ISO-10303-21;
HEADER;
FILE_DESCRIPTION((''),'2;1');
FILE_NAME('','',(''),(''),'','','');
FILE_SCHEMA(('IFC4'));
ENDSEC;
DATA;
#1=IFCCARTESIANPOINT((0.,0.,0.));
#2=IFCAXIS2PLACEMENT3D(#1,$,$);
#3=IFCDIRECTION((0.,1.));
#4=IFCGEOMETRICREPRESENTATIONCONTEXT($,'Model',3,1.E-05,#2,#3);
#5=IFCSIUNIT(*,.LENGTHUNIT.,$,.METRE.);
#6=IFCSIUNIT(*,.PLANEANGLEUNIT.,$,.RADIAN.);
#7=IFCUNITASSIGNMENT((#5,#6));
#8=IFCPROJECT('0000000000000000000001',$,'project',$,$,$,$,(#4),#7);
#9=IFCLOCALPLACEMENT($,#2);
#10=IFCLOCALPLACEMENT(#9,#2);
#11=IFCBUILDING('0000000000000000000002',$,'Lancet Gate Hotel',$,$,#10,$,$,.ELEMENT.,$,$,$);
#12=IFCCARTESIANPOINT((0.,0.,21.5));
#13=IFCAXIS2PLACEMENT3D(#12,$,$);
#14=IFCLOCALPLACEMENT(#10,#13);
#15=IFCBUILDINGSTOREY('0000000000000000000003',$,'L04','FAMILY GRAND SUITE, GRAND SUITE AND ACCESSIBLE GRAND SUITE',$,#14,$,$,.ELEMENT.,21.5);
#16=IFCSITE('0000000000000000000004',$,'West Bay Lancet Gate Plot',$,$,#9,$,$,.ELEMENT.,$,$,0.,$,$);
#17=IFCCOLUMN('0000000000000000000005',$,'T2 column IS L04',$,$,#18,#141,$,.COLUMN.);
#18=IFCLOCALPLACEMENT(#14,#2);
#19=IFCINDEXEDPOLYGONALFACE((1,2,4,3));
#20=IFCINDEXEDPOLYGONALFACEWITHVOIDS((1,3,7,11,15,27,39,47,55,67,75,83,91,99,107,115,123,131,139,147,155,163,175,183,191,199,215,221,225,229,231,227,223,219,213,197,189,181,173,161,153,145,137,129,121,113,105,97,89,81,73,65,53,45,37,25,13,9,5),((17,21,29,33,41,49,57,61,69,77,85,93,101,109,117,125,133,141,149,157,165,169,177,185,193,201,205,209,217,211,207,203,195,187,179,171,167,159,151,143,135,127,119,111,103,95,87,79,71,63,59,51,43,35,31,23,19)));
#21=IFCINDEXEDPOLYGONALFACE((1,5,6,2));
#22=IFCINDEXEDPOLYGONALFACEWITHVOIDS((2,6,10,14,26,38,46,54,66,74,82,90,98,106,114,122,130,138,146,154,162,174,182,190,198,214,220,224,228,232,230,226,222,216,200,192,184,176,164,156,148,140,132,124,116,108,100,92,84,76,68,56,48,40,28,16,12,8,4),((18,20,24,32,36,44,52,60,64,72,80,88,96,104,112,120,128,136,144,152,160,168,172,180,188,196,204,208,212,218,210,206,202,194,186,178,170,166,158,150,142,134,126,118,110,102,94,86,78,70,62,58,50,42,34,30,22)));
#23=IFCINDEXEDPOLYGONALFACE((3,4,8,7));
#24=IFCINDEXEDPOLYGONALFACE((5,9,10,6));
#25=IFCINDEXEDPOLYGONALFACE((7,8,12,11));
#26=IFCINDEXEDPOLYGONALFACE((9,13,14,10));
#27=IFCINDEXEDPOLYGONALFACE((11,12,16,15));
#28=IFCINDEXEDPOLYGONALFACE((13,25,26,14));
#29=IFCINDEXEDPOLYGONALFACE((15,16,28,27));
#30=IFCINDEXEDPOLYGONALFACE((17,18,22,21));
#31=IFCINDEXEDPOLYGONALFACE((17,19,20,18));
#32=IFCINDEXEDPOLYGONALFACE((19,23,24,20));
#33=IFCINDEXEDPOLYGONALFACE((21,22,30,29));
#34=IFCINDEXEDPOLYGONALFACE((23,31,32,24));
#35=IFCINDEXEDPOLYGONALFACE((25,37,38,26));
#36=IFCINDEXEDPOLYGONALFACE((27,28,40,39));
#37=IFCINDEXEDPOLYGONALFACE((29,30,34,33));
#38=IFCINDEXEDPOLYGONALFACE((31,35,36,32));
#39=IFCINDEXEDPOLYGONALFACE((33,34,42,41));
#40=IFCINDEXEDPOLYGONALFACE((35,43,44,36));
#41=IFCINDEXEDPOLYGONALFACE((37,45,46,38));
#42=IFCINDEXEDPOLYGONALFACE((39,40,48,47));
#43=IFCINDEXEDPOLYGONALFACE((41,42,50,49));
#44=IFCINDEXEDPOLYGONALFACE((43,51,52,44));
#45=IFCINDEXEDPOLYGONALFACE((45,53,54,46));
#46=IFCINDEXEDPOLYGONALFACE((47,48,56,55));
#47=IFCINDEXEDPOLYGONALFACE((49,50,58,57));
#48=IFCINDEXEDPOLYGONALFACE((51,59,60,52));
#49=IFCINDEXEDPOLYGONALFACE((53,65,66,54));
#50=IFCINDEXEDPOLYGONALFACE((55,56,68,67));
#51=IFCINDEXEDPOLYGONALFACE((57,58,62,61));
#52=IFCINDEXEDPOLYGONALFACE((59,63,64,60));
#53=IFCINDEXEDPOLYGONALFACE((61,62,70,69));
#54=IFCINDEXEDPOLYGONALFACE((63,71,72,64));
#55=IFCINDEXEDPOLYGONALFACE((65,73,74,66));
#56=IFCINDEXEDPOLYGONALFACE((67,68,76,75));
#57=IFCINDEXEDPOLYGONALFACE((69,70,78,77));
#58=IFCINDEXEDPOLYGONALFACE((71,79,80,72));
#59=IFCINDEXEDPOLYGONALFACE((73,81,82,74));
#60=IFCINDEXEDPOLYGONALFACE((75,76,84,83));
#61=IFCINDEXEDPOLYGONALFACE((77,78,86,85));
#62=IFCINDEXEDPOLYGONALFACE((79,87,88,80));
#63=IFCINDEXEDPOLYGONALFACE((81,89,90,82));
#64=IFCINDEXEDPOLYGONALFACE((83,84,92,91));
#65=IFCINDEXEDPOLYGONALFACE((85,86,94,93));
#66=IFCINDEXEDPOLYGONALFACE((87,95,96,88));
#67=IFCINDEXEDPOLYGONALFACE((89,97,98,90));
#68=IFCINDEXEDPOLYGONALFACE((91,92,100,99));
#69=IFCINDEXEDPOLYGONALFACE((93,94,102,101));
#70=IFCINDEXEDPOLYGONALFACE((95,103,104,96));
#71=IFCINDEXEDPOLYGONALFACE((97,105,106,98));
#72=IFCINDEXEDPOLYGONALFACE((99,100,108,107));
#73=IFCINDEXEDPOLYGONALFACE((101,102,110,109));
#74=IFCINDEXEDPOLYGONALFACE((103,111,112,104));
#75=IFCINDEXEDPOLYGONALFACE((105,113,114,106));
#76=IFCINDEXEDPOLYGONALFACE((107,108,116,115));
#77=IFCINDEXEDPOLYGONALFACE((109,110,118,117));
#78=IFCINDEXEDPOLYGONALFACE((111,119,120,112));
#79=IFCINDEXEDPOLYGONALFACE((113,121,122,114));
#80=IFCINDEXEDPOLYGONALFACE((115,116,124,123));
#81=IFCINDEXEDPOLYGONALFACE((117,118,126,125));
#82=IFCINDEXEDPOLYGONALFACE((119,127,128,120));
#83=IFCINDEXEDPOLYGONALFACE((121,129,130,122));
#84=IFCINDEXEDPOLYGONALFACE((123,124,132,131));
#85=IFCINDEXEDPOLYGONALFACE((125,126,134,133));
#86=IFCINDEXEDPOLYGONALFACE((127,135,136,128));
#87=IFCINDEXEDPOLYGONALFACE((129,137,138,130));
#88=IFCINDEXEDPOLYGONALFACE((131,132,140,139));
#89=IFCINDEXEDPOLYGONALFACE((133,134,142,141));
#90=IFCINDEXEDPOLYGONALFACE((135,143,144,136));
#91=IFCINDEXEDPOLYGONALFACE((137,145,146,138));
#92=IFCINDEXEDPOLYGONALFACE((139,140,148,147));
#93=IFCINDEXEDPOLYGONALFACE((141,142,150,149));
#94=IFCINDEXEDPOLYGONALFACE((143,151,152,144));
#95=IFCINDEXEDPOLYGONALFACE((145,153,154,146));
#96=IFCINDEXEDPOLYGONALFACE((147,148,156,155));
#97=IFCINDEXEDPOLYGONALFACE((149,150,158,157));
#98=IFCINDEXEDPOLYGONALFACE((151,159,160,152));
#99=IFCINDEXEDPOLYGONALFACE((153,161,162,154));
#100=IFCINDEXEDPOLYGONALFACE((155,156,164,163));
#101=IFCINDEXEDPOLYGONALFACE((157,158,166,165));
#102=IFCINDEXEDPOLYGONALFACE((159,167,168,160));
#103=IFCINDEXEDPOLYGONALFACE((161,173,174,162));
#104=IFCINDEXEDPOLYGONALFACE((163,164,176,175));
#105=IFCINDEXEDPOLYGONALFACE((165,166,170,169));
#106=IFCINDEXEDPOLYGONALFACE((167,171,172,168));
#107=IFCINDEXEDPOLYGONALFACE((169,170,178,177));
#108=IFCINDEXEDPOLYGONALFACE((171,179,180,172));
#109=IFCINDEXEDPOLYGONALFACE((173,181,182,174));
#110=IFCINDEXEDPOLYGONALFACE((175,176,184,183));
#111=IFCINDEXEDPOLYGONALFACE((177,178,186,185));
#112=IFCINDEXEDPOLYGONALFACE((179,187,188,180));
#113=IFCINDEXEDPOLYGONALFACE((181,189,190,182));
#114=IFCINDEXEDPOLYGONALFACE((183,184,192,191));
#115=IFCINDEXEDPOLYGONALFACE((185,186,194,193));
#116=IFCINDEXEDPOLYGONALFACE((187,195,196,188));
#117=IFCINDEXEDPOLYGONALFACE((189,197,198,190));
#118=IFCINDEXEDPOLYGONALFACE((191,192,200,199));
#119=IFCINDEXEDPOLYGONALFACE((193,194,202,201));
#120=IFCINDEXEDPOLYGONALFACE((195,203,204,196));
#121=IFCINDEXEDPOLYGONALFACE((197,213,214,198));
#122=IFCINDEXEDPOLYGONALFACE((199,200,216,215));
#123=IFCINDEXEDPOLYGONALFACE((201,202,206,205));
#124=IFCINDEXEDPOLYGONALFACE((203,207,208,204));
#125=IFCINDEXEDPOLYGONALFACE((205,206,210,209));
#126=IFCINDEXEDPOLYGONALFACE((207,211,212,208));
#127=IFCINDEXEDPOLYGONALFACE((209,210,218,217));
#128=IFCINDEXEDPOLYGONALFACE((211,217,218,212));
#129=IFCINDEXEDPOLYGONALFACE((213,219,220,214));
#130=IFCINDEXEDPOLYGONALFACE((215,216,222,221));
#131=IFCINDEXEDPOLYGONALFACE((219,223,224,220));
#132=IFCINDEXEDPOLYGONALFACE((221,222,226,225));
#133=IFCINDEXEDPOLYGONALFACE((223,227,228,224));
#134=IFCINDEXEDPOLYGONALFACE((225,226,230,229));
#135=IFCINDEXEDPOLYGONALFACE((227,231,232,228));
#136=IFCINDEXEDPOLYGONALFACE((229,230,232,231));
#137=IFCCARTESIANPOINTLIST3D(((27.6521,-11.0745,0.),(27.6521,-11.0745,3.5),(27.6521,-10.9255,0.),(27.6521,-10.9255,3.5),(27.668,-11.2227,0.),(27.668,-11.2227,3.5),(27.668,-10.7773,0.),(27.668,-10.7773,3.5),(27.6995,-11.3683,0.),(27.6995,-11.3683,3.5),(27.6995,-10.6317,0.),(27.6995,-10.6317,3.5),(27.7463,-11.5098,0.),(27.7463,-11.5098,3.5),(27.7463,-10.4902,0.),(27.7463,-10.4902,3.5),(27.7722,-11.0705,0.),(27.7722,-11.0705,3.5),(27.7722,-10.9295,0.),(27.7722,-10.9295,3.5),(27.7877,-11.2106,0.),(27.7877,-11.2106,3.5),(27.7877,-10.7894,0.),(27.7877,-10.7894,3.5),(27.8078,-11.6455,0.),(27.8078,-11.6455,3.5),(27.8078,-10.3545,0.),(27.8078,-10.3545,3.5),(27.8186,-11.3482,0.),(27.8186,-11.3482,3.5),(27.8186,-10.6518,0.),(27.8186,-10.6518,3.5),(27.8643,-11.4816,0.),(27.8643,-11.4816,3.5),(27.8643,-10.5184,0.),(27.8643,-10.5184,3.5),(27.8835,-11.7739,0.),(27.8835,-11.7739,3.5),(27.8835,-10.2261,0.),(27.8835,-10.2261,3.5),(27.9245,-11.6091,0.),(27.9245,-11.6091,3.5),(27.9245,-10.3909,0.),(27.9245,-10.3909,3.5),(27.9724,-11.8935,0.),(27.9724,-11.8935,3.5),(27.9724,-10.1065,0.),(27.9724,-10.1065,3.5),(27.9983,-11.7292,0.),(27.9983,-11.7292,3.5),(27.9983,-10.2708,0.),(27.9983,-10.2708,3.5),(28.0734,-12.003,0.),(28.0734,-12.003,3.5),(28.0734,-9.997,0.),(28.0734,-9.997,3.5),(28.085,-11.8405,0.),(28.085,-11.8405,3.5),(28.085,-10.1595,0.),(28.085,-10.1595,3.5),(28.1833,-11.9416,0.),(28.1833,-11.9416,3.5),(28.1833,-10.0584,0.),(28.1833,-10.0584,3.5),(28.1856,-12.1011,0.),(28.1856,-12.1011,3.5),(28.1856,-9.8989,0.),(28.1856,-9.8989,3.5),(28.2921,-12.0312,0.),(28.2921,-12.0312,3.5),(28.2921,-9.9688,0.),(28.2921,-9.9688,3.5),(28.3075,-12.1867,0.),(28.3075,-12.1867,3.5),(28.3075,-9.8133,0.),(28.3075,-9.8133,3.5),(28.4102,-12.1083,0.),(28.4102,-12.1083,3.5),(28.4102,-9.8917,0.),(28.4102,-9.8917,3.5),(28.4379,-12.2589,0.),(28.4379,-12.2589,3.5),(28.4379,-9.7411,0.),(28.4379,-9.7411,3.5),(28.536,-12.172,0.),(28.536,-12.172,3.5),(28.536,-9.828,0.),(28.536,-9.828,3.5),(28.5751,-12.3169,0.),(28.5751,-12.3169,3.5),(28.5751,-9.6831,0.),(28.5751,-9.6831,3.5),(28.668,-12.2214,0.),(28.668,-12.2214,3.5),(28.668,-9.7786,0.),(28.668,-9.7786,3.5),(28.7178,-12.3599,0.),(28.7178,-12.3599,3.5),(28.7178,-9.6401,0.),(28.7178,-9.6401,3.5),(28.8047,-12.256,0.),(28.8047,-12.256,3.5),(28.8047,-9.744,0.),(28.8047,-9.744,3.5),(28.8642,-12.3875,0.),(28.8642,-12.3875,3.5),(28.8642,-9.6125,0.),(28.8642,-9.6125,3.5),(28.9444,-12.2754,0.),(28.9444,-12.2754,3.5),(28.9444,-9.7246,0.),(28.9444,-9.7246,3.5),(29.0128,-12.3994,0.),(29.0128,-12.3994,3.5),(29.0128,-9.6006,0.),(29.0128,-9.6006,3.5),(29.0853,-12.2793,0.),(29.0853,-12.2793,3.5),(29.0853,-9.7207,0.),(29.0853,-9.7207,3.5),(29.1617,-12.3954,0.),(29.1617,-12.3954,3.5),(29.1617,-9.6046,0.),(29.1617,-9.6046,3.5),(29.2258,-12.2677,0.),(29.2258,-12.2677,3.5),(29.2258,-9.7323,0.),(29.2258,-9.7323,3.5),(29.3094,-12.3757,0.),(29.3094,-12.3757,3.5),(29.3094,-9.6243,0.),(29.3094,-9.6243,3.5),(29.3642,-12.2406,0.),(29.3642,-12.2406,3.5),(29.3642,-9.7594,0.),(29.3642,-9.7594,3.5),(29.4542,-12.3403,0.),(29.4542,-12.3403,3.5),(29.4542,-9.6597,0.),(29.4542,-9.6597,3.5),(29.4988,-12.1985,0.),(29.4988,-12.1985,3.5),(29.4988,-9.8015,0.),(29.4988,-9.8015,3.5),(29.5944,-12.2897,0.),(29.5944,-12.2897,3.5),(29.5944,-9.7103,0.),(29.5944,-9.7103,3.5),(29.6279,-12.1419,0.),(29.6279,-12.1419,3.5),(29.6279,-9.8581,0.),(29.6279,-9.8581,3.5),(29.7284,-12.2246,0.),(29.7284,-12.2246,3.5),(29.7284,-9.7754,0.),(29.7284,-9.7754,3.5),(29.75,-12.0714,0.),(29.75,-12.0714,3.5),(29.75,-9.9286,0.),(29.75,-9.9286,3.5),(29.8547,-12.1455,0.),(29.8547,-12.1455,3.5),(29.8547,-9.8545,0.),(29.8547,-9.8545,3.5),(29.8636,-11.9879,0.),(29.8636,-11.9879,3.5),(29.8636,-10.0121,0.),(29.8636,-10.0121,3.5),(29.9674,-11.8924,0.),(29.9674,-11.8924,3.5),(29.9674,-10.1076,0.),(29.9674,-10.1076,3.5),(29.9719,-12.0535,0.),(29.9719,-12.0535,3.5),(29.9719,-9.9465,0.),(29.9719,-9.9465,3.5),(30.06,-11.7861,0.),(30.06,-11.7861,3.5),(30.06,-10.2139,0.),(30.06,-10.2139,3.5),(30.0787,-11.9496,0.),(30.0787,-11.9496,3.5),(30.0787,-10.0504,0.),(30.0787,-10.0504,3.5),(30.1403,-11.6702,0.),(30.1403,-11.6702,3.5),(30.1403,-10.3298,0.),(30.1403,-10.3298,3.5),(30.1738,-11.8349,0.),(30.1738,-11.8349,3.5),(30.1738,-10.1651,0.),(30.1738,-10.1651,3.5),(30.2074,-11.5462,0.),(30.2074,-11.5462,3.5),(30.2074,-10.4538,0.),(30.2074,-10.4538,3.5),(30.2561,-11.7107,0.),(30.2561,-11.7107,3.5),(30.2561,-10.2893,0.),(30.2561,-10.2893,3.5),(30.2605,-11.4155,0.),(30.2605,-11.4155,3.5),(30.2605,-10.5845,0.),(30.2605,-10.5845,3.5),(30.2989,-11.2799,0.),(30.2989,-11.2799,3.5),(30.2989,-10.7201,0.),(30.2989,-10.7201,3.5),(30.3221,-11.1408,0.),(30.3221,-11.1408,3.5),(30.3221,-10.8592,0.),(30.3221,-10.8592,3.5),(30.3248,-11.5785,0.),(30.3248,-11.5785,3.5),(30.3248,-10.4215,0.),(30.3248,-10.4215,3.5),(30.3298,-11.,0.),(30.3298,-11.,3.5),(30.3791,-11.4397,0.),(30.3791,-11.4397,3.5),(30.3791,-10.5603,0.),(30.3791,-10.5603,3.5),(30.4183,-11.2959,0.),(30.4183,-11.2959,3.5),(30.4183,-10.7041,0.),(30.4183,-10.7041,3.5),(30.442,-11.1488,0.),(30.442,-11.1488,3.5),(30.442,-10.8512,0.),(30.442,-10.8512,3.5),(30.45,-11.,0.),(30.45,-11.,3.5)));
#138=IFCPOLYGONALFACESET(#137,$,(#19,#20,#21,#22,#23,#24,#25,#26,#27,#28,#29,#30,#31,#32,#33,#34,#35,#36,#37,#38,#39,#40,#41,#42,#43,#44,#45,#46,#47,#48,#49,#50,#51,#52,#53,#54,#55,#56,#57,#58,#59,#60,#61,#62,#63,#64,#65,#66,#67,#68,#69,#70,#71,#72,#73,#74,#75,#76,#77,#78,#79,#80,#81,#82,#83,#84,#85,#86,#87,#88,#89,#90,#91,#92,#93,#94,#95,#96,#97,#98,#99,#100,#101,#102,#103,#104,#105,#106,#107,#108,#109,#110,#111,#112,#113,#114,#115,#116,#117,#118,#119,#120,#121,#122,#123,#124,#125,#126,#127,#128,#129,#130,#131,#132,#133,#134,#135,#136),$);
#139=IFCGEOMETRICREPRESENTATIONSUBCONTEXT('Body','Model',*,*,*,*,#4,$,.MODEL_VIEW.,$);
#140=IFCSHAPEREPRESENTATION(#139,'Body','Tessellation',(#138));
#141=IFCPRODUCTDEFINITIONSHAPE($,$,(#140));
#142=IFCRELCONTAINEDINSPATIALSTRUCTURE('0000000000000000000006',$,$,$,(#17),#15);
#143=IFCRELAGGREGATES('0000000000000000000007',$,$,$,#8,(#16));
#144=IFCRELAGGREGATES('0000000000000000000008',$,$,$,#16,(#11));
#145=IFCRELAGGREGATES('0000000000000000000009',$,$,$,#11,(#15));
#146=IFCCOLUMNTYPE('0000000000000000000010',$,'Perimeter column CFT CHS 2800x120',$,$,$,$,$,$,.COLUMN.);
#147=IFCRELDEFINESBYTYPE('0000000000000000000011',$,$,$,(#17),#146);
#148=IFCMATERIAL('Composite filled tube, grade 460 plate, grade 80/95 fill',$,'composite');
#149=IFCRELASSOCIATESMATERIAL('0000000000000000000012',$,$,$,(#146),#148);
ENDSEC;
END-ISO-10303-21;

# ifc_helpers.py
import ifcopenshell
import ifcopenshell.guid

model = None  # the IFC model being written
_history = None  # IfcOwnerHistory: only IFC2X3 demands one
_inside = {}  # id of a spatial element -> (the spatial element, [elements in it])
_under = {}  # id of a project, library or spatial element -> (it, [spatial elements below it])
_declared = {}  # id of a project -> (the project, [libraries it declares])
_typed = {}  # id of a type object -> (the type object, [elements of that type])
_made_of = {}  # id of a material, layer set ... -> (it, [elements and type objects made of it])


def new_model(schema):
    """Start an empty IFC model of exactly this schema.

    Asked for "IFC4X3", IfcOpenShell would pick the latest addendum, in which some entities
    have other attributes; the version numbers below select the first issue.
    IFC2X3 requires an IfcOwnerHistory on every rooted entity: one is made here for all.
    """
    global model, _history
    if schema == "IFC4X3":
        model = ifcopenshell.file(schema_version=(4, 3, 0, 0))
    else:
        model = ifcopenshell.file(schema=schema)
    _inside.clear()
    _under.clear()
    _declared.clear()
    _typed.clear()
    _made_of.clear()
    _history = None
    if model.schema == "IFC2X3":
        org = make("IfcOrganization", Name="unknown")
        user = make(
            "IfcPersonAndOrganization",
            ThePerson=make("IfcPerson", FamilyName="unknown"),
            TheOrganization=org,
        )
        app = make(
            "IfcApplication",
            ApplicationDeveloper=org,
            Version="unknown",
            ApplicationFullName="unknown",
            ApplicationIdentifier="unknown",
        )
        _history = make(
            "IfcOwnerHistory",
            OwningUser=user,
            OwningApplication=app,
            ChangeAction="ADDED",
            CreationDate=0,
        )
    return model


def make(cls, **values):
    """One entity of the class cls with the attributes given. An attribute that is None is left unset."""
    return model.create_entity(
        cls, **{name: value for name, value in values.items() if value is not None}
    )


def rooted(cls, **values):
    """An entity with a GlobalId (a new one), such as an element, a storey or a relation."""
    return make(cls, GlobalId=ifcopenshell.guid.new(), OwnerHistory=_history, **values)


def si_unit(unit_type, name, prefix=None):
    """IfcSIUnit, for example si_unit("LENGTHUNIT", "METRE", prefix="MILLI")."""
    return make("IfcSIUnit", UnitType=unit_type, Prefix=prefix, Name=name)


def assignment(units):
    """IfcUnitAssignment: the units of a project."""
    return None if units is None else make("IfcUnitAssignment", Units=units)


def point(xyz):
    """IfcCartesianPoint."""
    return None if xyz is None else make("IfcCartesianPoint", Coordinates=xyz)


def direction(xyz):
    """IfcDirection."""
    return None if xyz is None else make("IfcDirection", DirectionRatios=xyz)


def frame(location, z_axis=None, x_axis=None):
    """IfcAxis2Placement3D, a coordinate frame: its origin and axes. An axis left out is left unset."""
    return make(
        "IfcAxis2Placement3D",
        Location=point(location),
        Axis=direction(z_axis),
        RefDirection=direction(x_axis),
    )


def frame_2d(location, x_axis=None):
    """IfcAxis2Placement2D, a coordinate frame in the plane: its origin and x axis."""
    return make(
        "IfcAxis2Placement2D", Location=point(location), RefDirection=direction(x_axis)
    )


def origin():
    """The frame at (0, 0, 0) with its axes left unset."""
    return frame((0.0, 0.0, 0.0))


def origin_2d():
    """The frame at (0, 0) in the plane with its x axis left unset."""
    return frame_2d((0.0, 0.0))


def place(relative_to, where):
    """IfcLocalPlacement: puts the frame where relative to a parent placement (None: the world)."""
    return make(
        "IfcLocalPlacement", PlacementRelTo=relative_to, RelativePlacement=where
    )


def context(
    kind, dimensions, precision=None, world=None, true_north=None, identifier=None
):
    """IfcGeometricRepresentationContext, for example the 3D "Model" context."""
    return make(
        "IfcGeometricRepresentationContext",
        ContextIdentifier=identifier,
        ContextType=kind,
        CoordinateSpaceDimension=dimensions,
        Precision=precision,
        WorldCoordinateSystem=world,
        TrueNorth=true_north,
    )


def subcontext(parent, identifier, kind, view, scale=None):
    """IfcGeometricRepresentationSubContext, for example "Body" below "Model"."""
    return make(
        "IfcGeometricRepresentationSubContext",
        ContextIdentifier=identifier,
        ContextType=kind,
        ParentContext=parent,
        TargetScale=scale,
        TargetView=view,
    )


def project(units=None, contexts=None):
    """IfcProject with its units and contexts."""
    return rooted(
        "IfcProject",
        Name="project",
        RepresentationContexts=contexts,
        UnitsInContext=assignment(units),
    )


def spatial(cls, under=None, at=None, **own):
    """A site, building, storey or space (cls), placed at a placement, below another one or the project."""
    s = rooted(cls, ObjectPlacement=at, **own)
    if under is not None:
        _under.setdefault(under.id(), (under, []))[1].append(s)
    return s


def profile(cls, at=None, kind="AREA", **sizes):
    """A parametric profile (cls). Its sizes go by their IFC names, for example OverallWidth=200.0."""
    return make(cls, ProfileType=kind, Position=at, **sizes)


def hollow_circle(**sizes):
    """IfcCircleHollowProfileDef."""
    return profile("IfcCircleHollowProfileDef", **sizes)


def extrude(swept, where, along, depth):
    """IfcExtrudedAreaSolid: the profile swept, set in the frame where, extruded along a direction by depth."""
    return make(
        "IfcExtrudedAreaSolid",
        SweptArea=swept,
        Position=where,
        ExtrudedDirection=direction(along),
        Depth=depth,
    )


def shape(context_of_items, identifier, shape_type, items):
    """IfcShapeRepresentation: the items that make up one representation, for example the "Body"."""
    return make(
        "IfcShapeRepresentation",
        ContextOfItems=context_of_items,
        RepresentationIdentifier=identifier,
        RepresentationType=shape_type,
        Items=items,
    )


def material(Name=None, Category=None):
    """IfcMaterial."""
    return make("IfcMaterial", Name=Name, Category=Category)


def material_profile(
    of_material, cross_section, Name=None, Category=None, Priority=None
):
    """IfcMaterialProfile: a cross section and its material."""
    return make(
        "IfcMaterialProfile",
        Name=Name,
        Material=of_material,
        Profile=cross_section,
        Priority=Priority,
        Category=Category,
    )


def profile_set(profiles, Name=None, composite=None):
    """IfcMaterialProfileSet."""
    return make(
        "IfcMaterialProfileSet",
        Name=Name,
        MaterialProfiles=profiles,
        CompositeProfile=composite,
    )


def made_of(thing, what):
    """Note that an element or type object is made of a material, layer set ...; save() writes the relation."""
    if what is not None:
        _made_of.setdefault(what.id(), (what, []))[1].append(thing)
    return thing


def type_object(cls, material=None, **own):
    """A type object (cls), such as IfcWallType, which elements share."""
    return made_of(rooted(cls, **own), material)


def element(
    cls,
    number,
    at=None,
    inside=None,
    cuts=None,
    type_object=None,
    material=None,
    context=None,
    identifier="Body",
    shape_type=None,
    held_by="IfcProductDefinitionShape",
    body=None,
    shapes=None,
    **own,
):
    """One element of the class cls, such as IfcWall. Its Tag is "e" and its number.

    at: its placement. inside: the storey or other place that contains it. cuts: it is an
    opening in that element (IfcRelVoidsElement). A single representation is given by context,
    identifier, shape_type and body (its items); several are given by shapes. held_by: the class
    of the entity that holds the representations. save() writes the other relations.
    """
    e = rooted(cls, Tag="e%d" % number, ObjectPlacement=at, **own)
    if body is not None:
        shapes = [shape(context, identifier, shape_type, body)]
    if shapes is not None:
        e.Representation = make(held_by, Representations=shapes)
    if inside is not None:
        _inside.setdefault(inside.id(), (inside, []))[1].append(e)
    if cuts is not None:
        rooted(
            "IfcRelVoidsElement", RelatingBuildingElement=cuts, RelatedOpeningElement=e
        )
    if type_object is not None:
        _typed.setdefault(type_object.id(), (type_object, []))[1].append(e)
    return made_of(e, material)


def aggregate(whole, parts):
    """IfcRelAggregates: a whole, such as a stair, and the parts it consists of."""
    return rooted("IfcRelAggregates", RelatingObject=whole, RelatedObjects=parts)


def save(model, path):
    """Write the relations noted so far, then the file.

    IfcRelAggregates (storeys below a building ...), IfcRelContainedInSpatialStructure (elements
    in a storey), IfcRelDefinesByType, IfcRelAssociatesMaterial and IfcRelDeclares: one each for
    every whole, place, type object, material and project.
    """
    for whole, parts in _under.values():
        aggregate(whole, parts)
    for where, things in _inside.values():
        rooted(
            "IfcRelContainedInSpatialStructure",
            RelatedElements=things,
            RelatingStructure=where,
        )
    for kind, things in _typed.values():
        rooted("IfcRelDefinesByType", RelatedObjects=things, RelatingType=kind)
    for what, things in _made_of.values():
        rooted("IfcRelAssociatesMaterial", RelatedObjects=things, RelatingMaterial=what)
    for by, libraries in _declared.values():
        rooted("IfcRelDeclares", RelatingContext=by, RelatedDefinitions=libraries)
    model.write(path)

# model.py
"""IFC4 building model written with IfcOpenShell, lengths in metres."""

from ifc_helpers import new_model, si_unit, direction, frame, origin, origin_2d, place, context, subcontext, project, spatial, hollow_circle, extrude, material, material_profile, profile_set, type_object, element, save


model = new_model("IFC4")

# Units and contexts
model_context = context("Model", 3, precision=1e-05, world=origin(), true_north=direction((0.0, 1.0)))
body_context = subcontext(model_context, "Body", "Model", "MODEL_VIEW")
ifc_project = project(units=[si_unit("LENGTHUNIT", "METRE"), si_unit("PLANEANGLEUNIT", "RADIAN")], contexts=[model_context])

# Site, building, storey
site_placement = place(None, origin())
site = spatial("IfcSite", under=ifc_project, at=site_placement, Name="West Bay Lancet Gate Plot", CompositionType="ELEMENT", RefElevation=0.0)
building_placement = place(site_placement, origin())
building = spatial("IfcBuilding", under=site, at=building_placement, Name="Lancet Gate Hotel", CompositionType="ELEMENT")
storey_placement = place(building_placement, frame((0.0, 0.0, 21.5)))
storey = spatial("IfcBuildingStorey", under=building, at=storey_placement, Name="L04", Description="FAMILY GRAND SUITE, GRAND SUITE AND ACCESSIBLE GRAND SUITE", CompositionType="ELEMENT", Elevation=21.5)

# Column
ifc_material_1 = material(Name="Composite filled tube, grade 460 plate, grade 80/95 fill", Category="composite")
ifc_material_profile_1 = material_profile(ifc_material_1, hollow_circle(Radius=1.3999, WallThickness=0.1201, at=origin_2d()), Name="CHS 2800x120")
ifc_profile_set_1 = profile_set([ifc_material_profile_1], Name="Composite filled tube, grade 460 plate, grade 80/95 fill")
column_type = type_object("IfcColumnType", Name="Perimeter column CFT CHS 2800x120", PredefinedType="COLUMN", material=ifc_profile_set_1)
for number, where, z_axis, x_axis, name in (
    (1, (29.05, -11.0, 0.0), (0.0, 0.0, 1.0), (1.0, 0.0, 0.0), "T2 column IS L04"),
):
    element("IfcColumn", number, at=place(storey_placement, frame(where, z_axis=z_axis, x_axis=x_axis)), inside=storey, type_object=column_type, Name=name, PredefinedType="COLUMN", context=body_context, shape_type="SweptSolid", body=[
        extrude(hollow_circle(Radius=1.3999, WallThickness=0.1201, at=origin_2d()), origin(), (0.0, 0.0, 1.0), 3.5),
    ])

save(model, "model.ifc")
